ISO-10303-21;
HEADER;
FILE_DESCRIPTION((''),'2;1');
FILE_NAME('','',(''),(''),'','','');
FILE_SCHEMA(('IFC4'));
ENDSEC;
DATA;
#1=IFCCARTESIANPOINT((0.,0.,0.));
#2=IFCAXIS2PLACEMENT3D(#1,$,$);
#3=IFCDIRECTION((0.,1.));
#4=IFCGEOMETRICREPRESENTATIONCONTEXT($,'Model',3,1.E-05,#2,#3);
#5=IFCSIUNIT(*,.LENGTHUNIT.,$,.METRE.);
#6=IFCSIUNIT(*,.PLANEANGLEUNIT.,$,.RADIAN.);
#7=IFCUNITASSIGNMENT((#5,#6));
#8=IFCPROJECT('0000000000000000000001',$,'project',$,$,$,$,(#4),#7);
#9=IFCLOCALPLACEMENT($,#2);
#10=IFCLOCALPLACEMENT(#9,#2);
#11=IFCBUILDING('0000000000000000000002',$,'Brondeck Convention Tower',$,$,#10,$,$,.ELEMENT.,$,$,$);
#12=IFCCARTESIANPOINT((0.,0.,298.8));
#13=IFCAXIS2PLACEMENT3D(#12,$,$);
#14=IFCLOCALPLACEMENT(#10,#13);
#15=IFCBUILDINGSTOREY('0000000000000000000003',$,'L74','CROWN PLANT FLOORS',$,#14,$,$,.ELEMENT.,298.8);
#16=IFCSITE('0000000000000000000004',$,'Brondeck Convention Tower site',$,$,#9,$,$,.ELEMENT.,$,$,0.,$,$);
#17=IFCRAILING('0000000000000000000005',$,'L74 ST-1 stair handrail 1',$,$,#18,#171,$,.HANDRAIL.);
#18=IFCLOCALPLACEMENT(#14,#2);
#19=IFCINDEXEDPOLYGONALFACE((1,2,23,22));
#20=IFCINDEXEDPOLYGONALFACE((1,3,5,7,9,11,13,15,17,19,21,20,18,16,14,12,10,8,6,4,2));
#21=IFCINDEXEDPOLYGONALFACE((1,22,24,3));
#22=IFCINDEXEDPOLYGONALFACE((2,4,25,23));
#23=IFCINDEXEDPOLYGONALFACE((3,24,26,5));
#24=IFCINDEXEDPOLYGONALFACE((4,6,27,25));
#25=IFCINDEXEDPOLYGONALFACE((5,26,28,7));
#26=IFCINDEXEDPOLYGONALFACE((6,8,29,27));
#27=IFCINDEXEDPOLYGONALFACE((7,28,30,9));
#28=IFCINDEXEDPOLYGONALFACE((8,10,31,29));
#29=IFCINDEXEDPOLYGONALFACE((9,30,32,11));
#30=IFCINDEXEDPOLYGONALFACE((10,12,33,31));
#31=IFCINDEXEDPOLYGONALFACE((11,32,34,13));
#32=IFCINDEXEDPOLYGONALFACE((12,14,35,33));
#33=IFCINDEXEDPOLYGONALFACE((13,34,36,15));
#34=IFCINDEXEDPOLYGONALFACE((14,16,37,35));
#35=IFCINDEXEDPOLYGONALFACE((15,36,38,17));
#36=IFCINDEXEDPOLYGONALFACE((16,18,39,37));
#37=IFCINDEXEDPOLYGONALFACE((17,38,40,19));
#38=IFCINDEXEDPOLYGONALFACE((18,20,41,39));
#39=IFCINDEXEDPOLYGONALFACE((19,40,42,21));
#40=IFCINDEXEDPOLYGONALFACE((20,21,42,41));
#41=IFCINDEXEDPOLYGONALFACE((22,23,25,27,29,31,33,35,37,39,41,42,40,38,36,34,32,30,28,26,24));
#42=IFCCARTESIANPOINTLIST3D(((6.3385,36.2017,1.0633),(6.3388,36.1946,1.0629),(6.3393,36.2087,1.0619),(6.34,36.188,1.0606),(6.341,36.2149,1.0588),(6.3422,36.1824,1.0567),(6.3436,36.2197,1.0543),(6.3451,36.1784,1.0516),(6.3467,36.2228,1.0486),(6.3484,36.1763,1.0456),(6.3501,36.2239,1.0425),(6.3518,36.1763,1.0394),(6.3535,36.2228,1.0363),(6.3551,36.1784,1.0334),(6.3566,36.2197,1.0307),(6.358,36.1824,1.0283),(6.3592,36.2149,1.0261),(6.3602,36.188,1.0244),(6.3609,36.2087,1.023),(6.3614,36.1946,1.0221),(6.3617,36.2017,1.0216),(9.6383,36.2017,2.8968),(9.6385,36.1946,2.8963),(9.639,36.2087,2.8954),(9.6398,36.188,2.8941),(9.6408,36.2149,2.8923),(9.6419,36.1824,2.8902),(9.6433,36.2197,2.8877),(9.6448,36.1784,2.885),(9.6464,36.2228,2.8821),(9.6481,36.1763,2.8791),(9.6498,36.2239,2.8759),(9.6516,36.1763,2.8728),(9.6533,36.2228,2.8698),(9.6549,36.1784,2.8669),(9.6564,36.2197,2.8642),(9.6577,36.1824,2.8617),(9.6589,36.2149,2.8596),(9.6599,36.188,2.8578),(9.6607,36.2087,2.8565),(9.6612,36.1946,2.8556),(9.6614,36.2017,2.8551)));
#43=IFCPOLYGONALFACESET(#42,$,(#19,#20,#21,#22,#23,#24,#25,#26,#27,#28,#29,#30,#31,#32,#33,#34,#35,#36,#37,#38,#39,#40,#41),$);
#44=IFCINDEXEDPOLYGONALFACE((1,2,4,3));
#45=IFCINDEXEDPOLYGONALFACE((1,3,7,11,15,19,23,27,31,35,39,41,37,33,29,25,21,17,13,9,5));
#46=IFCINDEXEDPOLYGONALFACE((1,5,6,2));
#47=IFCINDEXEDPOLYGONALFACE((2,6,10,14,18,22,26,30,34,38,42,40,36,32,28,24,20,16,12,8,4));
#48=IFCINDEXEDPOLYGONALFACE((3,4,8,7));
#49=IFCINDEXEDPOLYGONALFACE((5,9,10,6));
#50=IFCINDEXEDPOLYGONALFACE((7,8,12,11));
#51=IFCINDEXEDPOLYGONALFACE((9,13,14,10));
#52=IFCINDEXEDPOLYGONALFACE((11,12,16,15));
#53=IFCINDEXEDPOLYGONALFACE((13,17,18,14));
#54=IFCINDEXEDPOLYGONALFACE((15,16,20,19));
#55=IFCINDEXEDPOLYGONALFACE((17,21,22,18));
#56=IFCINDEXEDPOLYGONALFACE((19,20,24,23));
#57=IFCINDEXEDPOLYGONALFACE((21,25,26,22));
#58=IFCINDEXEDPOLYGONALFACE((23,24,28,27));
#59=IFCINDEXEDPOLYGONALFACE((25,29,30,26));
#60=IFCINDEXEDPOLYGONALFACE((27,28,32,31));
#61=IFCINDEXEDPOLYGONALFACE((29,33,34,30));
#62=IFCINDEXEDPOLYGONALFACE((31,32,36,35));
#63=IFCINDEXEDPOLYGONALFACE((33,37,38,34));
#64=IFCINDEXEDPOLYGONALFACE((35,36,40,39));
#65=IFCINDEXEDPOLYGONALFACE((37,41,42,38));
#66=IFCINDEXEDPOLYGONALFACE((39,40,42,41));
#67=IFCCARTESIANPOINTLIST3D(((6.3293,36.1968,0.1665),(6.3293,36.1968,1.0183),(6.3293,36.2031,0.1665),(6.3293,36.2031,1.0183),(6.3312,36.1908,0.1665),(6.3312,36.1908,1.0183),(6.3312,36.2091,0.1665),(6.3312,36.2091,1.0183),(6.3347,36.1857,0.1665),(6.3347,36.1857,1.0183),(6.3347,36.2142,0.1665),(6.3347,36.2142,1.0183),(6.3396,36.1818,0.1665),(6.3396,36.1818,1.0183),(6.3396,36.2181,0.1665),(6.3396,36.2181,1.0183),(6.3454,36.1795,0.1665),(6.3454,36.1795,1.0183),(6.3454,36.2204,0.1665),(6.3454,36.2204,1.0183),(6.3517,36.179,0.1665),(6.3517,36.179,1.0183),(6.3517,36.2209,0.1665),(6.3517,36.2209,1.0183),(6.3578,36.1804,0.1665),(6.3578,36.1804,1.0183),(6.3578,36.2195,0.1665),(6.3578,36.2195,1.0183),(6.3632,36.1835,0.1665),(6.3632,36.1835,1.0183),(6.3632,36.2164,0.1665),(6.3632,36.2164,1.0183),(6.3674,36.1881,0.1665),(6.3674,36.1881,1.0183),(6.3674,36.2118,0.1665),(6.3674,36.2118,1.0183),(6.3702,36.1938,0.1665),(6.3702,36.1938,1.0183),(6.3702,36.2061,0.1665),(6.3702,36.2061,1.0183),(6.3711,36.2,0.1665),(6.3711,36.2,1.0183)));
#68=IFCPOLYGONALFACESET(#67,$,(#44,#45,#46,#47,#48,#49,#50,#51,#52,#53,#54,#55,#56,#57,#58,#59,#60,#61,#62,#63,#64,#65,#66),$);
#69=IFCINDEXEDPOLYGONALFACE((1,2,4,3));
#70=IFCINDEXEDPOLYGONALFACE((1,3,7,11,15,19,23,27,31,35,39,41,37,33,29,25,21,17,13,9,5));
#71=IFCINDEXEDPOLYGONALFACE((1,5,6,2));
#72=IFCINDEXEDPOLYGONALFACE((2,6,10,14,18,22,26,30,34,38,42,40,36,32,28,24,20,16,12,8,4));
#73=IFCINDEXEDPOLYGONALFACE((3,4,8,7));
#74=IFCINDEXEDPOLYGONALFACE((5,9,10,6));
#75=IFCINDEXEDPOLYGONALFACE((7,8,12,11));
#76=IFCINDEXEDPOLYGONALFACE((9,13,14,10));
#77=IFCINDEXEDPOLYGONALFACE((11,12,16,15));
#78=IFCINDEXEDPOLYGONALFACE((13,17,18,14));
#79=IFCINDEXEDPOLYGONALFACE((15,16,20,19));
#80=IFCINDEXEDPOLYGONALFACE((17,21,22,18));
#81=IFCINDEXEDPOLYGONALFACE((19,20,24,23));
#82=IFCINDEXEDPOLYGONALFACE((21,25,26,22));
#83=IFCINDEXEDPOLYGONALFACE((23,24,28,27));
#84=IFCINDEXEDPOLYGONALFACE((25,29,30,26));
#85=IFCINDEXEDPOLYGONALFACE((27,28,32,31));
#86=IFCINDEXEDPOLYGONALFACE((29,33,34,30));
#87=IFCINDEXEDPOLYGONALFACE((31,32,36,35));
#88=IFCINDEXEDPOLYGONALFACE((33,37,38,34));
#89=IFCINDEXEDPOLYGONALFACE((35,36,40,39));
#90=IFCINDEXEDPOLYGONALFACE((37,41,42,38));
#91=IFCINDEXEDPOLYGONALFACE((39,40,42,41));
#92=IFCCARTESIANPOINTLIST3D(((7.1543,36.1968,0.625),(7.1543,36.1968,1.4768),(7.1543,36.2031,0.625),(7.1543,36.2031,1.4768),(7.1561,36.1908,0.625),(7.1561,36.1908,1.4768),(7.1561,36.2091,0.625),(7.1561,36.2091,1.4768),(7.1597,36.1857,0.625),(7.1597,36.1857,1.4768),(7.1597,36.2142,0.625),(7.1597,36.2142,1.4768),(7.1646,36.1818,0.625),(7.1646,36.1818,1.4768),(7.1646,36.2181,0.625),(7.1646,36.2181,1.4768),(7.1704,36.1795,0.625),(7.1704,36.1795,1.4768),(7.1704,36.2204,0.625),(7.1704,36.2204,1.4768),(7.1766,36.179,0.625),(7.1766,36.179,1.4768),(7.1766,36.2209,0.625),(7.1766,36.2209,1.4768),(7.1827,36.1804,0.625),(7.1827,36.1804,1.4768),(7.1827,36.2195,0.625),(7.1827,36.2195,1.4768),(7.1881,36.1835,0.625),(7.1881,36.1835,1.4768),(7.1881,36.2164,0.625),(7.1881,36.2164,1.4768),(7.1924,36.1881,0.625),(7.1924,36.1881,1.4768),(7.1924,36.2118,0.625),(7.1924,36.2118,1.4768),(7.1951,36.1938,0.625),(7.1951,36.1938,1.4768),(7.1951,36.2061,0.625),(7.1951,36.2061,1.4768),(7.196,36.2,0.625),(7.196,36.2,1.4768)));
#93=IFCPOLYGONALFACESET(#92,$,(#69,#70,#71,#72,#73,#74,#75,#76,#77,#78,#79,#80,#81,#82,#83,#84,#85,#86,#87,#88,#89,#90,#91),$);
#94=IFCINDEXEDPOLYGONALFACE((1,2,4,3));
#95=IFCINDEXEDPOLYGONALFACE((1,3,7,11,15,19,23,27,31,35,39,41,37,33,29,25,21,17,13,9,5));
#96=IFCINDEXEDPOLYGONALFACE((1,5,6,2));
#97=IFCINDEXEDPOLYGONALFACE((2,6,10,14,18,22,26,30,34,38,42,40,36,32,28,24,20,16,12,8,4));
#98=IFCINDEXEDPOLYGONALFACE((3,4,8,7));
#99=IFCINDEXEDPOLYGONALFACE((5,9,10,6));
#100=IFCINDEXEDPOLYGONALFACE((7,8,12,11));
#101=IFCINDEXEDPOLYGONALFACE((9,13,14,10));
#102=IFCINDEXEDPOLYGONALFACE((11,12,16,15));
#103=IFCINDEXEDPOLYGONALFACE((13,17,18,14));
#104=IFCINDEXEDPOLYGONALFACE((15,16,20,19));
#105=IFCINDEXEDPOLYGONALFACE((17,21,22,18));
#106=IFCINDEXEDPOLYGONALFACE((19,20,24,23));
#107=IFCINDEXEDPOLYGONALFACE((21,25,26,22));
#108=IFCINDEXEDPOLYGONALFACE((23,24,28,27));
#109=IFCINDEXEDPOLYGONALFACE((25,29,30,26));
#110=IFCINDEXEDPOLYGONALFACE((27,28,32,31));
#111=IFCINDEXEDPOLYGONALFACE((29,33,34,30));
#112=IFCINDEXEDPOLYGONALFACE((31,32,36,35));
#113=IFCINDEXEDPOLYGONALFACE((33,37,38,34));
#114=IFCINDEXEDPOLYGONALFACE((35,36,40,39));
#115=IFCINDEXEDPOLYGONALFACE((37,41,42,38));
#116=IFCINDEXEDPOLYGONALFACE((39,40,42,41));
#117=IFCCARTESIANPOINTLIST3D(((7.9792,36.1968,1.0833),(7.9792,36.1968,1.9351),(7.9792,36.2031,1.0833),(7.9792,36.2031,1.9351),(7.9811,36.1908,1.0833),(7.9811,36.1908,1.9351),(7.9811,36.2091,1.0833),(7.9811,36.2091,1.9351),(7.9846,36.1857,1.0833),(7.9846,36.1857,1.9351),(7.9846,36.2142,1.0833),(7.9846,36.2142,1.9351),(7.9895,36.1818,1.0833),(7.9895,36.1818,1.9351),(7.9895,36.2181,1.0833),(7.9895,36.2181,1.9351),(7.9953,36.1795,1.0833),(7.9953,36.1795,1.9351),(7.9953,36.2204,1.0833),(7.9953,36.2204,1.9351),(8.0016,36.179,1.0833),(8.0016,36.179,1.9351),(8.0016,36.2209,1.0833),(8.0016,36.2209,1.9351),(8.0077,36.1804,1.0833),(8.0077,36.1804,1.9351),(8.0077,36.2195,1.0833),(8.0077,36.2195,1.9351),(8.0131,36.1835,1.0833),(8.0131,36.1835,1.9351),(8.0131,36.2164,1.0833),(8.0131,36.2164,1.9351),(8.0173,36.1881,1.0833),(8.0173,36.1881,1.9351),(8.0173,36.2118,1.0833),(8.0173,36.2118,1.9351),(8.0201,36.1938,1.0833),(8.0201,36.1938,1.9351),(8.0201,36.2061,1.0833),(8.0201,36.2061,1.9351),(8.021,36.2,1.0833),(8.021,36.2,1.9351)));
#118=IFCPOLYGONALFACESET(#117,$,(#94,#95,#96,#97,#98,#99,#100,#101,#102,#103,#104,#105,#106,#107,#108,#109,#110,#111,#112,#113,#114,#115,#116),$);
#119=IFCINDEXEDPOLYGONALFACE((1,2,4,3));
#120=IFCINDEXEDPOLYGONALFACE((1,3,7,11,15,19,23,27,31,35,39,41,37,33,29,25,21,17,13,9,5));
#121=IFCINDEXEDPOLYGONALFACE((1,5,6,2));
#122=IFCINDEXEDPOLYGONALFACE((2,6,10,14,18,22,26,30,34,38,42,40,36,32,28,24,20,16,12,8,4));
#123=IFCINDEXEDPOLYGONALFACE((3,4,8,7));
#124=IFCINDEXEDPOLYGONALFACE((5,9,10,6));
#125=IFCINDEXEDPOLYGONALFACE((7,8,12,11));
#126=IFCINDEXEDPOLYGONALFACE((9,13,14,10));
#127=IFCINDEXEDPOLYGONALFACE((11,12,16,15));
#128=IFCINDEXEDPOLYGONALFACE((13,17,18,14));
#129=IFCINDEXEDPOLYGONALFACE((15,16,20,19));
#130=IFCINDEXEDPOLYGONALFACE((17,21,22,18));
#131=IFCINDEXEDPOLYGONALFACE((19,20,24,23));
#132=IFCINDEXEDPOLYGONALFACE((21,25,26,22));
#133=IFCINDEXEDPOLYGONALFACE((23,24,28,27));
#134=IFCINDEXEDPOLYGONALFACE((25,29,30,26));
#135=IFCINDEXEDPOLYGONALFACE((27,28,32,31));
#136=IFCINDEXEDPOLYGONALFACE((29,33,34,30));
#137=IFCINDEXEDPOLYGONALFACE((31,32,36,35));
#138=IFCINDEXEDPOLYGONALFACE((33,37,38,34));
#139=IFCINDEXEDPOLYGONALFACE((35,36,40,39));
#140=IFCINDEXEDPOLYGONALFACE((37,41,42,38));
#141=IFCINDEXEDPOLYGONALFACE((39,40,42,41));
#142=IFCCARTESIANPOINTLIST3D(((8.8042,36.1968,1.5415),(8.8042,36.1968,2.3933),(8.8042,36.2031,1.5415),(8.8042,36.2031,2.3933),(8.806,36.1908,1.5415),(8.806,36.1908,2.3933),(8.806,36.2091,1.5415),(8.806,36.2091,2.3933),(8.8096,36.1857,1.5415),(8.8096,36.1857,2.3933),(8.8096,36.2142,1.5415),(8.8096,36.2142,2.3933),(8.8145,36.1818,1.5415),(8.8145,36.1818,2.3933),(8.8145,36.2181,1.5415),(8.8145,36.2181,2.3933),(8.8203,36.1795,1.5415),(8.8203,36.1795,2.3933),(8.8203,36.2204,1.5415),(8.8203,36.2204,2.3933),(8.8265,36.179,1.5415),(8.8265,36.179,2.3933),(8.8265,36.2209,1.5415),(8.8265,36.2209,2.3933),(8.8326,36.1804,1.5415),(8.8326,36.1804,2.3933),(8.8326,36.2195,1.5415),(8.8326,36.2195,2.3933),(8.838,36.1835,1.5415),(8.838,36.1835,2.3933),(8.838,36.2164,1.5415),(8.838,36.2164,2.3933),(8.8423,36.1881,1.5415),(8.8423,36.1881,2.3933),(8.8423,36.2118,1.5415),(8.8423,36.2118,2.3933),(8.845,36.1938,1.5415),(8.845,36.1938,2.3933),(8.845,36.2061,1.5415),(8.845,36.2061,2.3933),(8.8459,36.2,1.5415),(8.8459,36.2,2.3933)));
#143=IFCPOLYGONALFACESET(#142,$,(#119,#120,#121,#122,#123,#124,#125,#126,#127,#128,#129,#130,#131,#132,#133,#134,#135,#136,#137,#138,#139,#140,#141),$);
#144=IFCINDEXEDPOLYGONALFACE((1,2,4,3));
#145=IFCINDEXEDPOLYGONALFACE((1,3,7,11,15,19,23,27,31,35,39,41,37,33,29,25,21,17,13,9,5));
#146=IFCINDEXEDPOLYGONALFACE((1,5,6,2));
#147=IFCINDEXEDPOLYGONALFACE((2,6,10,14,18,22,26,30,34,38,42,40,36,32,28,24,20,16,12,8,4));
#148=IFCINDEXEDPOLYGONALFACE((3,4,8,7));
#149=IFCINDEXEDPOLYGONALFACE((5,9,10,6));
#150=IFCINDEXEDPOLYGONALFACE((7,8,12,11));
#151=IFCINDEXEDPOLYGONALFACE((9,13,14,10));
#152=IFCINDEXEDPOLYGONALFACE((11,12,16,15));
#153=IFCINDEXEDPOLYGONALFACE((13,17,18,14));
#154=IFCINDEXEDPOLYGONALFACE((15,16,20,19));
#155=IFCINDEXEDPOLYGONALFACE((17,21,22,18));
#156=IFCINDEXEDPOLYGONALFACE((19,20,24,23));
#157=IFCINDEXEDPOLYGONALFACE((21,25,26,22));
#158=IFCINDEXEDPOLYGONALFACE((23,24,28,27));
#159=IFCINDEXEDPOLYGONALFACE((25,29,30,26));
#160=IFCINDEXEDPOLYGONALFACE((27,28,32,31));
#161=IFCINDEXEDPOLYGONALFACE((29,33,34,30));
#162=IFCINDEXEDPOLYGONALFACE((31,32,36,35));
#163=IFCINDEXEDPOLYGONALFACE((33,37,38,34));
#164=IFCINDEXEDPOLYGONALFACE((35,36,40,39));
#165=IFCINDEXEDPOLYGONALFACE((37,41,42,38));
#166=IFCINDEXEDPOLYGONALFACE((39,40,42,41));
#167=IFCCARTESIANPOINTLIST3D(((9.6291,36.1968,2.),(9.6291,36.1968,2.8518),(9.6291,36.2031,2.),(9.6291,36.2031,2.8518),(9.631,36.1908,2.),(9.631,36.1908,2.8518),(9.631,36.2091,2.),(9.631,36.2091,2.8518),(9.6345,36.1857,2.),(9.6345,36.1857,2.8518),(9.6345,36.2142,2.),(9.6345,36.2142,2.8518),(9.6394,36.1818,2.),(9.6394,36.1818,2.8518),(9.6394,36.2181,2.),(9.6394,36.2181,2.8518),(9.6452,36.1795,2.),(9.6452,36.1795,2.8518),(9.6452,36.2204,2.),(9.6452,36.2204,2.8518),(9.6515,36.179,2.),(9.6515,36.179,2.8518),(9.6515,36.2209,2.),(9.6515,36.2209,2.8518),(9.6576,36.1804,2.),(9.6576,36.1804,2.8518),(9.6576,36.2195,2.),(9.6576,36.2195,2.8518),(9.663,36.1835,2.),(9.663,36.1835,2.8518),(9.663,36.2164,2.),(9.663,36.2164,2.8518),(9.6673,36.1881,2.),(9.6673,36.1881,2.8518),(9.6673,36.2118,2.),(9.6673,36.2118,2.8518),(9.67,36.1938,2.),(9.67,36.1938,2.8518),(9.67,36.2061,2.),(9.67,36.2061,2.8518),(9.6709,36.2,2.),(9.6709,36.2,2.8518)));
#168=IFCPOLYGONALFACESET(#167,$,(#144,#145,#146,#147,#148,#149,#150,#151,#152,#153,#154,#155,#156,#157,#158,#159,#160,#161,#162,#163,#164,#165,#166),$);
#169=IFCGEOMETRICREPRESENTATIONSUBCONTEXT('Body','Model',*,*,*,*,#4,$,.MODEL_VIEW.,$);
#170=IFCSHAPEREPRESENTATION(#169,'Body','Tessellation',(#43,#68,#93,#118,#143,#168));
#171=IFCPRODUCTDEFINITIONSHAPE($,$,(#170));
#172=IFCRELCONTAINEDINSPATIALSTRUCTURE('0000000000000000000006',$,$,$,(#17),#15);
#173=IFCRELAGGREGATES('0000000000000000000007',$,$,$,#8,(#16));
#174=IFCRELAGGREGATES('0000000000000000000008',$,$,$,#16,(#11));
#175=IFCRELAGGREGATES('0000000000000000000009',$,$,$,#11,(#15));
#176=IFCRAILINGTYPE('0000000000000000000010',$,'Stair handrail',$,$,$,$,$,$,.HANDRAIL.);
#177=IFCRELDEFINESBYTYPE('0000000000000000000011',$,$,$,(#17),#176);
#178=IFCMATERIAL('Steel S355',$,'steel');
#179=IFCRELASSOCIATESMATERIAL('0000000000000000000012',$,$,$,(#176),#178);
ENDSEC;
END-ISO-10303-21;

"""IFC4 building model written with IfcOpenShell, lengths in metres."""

from ifc_helpers import new_model, si_unit, direction, frame, origin, origin_2d, place, context, subcontext, project, spatial, circle, extrude, material, type_object, element, save


model = new_model("IFC4")

# Units and contexts
model_context = context("Model", 3, precision=1e-05, world=origin(), true_north=direction((0.0, 1.0)))
body_context = subcontext(model_context, "Body", "Model", "MODEL_VIEW")
ifc_project = project(units=[si_unit("LENGTHUNIT", "METRE"), si_unit("PLANEANGLEUNIT", "RADIAN")], contexts=[model_context])

# Site, building, storey
site_placement = place(None, origin())
site = spatial("IfcSite", under=ifc_project, at=site_placement, Name="Brondeck Convention Tower site", CompositionType="ELEMENT", RefElevation=0.0)
building_placement = place(site_placement, origin())
building = spatial("IfcBuilding", under=site, at=building_placement, Name="Brondeck Convention Tower", CompositionType="ELEMENT")
storey_placement = place(building_placement, frame((0.0, 0.0, 298.8)))
storey = spatial("IfcBuildingStorey", under=building, at=storey_placement, Name="L74", Description="CROWN PLANT FLOORS", CompositionType="ELEMENT", Elevation=298.8)

# Railing
ifc_material_1 = material(Name="Steel S355", Category="steel")
railing_type_1 = type_object("IfcRailingType", Name="Stair handrail", PredefinedType="HANDRAIL", material=ifc_material_1)
railing_1_placement = place(storey_placement, frame((6.3501, 36.2, 0.1665)))
element("IfcRailing", 1, at=railing_1_placement, inside=storey, type_object=railing_type_1, Name="L74 ST-1 stair handrail 1", PredefinedType="HANDRAIL", context=body_context, shape_type="SweptSolid", body=[
    extrude(circle(Radius=0.0239, at=origin_2d()), frame((0.0, 0.0, 0.876), z_axis=(0.874127, 0.0, 0.485698), x_axis=(0.0, 1.0, 0.0)), (0.0, 0.0, 1.0), 3.7749),
    extrude(circle(Radius=0.021, at=origin_2d()), origin(), (0.0, 0.0, 1.0), 0.8518),
    extrude(circle(Radius=0.021, at=origin_2d()), frame((0.825, 0.0, 0.4585)), (0.0, 0.0, 1.0), 0.8518),
    extrude(circle(Radius=0.021, at=origin_2d()), frame((1.6499, 0.0, 0.9167)), (0.0, 0.0, 1.0), 0.8518),
    extrude(circle(Radius=0.021, at=origin_2d()), frame((2.4749, 0.0, 1.375)), (0.0, 0.0, 1.0), 0.8518),
    extrude(circle(Radius=0.021, at=origin_2d()), frame((3.2998, 0.0, 1.8335)), (0.0, 0.0, 1.0), 0.8518),
])

save(model, "model.ifc")
